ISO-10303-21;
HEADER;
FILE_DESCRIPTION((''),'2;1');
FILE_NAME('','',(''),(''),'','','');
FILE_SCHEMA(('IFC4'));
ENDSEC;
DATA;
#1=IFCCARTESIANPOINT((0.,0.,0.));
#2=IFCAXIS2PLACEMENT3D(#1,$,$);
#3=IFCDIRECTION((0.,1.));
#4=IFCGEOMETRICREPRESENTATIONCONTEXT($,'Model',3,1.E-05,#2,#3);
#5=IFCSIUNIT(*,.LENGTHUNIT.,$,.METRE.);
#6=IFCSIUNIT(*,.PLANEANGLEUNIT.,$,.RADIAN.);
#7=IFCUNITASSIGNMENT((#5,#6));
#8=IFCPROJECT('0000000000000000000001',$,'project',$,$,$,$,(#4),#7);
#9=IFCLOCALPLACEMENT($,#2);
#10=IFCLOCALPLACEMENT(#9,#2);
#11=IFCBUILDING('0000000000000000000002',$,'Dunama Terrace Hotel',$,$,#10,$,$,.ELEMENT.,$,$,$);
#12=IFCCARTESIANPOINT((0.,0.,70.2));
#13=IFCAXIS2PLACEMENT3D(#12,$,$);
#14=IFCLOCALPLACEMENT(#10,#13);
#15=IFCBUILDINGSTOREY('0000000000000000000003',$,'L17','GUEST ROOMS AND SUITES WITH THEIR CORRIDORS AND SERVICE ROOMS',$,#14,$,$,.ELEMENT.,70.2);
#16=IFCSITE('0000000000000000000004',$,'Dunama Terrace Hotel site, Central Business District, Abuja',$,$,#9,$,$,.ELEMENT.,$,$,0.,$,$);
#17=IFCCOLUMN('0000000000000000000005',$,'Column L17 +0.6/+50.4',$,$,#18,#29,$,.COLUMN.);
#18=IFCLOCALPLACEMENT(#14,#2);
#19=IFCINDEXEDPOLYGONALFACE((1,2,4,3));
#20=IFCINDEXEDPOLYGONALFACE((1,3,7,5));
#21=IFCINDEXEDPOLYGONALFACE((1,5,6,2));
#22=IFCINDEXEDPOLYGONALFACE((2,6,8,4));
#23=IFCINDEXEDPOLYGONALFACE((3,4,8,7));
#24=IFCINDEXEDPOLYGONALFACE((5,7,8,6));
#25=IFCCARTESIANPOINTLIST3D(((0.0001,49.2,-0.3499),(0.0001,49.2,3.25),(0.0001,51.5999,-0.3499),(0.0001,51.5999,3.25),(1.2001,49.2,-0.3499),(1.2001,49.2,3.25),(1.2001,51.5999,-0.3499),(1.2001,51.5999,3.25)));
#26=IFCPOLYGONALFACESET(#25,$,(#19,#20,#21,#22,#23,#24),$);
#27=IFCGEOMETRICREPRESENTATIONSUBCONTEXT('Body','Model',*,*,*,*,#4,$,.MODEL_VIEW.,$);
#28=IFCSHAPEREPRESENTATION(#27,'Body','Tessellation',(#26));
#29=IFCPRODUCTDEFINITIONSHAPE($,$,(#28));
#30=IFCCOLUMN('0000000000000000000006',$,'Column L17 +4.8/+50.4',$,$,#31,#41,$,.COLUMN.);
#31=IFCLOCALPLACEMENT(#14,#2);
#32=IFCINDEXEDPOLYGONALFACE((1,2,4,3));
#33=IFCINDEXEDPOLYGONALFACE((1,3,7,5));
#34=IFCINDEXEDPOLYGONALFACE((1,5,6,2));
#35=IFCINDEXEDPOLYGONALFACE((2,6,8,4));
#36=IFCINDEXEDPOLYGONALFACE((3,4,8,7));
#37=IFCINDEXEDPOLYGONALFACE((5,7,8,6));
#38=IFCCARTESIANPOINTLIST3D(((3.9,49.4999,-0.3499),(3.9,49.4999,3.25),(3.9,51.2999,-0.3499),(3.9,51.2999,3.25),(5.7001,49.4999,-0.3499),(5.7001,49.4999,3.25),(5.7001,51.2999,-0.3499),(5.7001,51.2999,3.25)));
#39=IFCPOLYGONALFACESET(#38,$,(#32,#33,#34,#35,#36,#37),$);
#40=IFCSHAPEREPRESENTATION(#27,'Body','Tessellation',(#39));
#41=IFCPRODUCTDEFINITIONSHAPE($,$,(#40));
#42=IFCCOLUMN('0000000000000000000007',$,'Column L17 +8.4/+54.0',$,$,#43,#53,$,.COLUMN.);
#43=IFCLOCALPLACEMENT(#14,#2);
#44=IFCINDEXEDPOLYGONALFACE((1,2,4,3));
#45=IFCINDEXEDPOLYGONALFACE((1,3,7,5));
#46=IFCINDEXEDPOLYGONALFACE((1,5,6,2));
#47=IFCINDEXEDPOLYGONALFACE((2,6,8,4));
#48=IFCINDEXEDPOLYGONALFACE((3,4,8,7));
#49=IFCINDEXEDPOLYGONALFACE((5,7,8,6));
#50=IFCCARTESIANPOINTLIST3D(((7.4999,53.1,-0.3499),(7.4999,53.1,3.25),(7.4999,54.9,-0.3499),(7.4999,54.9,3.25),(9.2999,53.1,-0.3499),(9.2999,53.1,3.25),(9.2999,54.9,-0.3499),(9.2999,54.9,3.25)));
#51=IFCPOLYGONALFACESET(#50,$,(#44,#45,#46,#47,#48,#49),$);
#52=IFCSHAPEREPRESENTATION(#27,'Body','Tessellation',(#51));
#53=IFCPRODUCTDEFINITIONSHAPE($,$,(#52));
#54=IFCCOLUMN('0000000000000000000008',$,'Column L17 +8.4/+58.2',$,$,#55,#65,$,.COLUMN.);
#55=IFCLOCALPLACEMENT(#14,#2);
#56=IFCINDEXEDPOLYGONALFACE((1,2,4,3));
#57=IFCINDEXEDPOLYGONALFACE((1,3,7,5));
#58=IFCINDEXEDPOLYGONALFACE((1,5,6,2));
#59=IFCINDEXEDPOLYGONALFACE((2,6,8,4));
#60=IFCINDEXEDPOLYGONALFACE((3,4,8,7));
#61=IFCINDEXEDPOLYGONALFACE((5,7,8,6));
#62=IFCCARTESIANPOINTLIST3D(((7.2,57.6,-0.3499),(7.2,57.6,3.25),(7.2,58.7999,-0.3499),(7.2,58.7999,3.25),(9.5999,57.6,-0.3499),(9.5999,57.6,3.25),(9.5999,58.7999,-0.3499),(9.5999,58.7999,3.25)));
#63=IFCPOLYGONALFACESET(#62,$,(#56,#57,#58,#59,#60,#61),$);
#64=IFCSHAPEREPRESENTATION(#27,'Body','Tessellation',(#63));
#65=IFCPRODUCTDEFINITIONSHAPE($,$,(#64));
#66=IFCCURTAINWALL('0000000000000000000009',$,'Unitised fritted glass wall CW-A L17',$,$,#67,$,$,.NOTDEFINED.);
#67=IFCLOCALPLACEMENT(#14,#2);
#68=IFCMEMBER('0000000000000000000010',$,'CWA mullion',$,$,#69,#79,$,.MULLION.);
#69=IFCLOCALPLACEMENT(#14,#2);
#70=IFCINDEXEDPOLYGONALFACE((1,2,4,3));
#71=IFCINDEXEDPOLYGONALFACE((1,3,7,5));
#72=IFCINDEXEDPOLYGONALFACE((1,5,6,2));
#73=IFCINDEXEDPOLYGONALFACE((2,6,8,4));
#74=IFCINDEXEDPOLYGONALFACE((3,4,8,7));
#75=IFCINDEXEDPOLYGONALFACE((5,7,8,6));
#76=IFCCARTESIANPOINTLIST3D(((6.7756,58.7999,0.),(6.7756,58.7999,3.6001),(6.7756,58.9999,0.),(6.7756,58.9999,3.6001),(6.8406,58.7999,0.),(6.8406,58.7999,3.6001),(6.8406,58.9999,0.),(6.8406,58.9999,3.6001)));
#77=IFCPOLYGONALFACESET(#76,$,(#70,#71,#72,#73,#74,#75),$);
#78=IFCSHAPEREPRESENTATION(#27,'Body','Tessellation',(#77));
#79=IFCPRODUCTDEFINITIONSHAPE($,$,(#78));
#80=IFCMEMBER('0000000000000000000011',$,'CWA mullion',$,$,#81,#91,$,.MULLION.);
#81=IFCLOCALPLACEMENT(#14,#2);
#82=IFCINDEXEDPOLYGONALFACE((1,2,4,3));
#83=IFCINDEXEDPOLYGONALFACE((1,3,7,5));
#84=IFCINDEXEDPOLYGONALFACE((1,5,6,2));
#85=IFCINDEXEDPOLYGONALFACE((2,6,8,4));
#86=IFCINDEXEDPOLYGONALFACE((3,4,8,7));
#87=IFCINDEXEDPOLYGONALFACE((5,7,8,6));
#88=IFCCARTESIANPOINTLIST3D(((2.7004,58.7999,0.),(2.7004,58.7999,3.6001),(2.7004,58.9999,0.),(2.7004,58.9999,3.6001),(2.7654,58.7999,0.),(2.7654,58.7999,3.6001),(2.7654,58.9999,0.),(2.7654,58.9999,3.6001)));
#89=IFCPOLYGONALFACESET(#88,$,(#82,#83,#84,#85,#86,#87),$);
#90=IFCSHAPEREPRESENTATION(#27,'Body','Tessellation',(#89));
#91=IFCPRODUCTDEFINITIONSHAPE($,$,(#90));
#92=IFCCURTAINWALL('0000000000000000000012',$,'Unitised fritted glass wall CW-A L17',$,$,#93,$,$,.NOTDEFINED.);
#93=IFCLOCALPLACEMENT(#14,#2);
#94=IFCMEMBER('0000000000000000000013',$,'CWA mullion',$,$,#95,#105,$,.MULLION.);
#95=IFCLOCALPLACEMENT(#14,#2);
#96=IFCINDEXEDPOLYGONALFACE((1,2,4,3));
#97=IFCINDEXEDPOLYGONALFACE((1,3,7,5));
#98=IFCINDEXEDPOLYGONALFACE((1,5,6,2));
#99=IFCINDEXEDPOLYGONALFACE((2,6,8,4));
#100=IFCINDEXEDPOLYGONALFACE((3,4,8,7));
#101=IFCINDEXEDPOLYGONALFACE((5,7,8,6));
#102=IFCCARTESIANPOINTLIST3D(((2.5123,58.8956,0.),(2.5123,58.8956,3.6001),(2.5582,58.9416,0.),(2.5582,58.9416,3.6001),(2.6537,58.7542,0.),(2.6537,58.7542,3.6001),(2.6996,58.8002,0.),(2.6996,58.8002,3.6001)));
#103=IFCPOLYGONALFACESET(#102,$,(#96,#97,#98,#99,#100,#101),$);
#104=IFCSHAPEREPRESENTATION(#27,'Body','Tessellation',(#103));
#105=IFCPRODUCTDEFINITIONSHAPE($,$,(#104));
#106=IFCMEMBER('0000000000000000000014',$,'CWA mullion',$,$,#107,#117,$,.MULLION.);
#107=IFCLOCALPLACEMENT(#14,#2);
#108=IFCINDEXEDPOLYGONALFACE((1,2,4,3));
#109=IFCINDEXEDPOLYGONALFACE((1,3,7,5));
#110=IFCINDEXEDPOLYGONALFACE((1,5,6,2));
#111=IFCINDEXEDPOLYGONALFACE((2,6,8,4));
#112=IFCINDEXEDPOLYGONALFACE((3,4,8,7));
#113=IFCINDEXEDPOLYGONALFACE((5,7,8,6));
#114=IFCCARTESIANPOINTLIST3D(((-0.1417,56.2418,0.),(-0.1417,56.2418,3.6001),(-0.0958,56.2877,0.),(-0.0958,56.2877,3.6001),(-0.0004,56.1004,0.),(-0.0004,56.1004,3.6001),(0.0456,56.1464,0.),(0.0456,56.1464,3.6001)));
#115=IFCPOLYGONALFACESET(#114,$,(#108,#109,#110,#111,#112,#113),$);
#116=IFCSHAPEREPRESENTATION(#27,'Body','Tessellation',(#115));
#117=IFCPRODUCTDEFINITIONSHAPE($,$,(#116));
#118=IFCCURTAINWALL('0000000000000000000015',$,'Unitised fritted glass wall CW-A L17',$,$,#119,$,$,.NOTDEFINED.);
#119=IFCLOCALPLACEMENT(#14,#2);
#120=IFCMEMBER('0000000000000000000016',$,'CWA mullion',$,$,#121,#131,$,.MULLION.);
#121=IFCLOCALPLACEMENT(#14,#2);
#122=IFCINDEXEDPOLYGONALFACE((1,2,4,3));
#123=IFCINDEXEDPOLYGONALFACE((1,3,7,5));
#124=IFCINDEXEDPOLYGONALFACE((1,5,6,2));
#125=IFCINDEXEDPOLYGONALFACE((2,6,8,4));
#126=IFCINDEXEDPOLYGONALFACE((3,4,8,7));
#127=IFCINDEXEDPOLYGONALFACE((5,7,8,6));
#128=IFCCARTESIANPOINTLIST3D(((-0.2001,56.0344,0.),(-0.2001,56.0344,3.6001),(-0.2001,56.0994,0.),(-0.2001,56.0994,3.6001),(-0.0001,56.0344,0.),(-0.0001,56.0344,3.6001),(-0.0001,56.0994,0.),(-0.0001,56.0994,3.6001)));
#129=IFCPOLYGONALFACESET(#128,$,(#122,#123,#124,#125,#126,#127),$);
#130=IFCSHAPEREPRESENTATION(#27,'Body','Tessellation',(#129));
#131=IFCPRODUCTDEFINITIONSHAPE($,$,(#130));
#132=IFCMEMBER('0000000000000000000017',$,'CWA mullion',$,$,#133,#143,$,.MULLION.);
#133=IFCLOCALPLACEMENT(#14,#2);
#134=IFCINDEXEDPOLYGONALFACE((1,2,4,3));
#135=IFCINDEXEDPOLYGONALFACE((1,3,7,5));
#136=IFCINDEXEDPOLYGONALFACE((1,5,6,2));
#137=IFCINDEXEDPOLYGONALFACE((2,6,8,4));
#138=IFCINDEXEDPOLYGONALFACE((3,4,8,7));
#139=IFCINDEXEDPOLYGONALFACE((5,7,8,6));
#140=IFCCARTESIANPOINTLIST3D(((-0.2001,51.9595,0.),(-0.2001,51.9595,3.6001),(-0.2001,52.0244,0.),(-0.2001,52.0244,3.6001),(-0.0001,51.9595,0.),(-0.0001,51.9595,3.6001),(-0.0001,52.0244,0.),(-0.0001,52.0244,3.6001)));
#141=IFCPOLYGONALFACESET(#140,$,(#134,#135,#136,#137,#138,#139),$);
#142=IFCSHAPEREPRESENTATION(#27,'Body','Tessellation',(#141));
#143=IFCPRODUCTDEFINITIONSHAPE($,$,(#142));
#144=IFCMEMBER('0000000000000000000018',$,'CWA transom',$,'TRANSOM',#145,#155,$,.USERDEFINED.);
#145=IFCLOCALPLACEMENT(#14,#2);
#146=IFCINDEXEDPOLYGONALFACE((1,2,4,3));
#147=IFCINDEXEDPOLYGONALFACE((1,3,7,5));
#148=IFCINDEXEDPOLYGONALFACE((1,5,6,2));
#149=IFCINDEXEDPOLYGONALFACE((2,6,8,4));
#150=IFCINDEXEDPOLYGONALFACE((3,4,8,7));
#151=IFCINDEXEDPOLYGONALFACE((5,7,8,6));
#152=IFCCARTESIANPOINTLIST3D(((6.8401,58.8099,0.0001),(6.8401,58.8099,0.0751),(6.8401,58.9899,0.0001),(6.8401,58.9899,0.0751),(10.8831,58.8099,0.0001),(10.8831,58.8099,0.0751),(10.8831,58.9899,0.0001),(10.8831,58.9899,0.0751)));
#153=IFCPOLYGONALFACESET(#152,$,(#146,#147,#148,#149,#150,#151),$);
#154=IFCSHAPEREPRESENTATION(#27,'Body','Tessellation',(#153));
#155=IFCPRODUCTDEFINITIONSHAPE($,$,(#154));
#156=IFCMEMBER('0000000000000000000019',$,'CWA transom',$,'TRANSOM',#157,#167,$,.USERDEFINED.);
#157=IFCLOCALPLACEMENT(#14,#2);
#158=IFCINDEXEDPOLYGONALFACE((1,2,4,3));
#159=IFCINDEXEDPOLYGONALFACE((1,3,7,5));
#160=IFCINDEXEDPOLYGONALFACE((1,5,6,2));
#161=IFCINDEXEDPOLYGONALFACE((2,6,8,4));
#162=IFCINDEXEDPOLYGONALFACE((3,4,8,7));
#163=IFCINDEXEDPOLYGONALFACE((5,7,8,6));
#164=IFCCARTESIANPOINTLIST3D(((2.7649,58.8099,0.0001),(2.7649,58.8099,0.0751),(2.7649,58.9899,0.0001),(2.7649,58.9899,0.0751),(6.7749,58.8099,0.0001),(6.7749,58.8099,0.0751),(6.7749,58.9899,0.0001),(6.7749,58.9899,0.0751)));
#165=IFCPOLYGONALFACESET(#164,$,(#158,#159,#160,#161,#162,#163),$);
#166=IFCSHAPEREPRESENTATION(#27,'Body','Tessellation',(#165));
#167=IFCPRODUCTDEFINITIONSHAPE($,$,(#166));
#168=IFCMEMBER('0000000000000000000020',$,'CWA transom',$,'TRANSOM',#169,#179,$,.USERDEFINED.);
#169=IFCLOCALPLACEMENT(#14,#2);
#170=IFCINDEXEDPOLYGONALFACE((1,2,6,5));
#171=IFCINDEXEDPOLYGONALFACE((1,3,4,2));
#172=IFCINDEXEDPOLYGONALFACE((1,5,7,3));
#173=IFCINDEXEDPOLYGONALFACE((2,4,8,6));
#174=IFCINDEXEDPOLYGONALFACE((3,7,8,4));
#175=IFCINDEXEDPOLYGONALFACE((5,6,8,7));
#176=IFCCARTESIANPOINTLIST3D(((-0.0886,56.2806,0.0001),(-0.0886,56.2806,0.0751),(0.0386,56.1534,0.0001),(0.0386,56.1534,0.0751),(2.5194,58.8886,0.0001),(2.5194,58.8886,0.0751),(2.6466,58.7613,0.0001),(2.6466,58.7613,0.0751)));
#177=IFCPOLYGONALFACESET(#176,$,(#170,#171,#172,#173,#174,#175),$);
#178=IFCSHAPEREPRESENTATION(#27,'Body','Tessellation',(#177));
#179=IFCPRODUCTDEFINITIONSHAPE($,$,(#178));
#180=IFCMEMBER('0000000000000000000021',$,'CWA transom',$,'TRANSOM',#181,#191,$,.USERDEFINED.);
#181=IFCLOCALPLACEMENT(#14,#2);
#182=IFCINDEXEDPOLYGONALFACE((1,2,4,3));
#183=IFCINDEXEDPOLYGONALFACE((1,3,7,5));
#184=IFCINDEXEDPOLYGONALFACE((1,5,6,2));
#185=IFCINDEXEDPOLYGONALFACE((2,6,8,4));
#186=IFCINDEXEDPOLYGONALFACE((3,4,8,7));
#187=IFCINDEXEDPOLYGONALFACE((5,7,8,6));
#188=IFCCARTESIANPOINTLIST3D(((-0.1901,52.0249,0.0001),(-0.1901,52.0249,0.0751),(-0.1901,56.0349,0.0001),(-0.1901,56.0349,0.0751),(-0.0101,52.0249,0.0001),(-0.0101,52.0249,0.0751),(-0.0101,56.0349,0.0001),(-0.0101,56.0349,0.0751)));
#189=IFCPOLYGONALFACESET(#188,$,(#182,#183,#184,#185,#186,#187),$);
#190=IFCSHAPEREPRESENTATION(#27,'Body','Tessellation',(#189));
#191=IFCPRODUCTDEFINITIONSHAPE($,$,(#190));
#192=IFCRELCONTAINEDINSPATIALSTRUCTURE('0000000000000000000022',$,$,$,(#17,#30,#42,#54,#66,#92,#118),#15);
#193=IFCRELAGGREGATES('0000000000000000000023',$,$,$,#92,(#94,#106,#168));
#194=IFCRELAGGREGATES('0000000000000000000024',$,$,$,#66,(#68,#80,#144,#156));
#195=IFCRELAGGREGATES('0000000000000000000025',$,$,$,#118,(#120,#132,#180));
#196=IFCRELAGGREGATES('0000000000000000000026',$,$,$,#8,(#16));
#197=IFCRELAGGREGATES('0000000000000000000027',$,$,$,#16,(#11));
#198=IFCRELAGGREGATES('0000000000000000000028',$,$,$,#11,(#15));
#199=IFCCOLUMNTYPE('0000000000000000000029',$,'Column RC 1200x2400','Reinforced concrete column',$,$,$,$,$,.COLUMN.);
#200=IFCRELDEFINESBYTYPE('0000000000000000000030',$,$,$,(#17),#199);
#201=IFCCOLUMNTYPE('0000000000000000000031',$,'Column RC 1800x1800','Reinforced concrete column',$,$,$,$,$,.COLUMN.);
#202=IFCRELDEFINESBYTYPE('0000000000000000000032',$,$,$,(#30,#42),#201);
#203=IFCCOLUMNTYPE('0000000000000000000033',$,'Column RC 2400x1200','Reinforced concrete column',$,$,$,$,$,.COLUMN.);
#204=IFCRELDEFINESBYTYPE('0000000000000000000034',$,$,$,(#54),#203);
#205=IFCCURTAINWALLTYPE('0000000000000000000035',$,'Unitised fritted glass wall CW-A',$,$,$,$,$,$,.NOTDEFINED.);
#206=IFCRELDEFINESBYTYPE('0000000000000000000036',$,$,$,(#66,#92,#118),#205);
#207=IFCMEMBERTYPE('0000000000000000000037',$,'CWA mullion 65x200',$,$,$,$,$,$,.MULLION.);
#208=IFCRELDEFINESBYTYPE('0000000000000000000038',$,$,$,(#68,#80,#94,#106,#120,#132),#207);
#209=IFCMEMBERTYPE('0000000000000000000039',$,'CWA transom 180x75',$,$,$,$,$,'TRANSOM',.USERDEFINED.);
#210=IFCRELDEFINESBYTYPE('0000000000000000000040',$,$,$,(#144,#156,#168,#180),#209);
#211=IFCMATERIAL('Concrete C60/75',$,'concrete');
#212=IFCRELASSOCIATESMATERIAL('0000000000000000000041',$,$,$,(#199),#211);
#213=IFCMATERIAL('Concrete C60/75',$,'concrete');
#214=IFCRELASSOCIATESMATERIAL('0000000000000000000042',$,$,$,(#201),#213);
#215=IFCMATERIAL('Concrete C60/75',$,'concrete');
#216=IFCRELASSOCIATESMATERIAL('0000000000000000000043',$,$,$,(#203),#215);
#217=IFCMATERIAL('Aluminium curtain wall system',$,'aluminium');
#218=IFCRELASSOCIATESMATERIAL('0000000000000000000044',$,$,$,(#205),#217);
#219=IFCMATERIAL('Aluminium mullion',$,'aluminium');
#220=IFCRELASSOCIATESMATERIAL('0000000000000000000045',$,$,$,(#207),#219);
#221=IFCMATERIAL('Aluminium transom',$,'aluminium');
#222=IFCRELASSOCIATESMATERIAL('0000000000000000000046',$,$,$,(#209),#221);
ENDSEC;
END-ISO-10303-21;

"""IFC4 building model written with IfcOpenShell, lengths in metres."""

from ifc_helpers import new_model, si_unit, direction, frame, origin, origin_2d, place, context, subcontext, project, spatial, rectangle, extrude, material, material_profile, profile_set, type_object, element, aggregate, save


model = new_model("IFC4")

# Units and contexts
model_context = context("Model", 3, precision=1e-05, world=origin(), true_north=direction((0.0, 1.0)))
body_context = subcontext(model_context, "Body", "Model", "MODEL_VIEW")
ifc_project = project(units=[si_unit("LENGTHUNIT", "METRE"), si_unit("PLANEANGLEUNIT", "RADIAN")], contexts=[model_context])

# Site, building, storey
site_placement = place(None, origin())
site = spatial("IfcSite", under=ifc_project, at=site_placement, Name="Dunama Terrace Hotel site, Central Business District, Abuja", CompositionType="ELEMENT", RefElevation=0.0)
building_placement = place(site_placement, origin())
building = spatial("IfcBuilding", under=site, at=building_placement, Name="Dunama Terrace Hotel", CompositionType="ELEMENT")
storey_placement = place(building_placement, frame((0.0, 0.0, 70.2)))
storey = spatial("IfcBuildingStorey", under=building, at=storey_placement, Name="L17", Description="GUEST ROOMS AND SUITES WITH THEIR CORRIDORS AND SERVICE ROOMS", CompositionType="ELEMENT", Elevation=70.2)

# Columns
ifc_material_1 = material(Name="Concrete C60/75", Category="concrete")
ifc_material_profile_1 = material_profile(ifc_material_1, rectangle(XDim=1.2, YDim=2.3999, at=origin_2d()), Name="RC 1200x2400")
ifc_profile_set_1 = profile_set([ifc_material_profile_1], Name="Concrete C60/75")
column_type_1 = type_object("IfcColumnType", Name="Column RC 1200x2400", Description="Reinforced concrete column", PredefinedType="COLUMN", material=ifc_profile_set_1)
column_1_placement = place(storey_placement, frame((0.6001, 50.3999, -0.3499), z_axis=(0.0, 0.0, 1.0), x_axis=(1.0, 0.0, 0.0)))
element("IfcColumn", 1, at=column_1_placement, inside=storey, type_object=column_type_1, Name="Column L17 +0.6/+50.4", PredefinedType="COLUMN", context=body_context, shape_type="SweptSolid", body=[
    extrude(rectangle(XDim=1.2, YDim=2.3999, at=origin_2d()), origin(), (0.0, 0.0, 1.0), 3.5999),
])
ifc_material_2 = material(Name="Concrete C60/75", Category="concrete")
ifc_material_profile_2 = material_profile(ifc_material_2, rectangle(XDim=1.8, YDim=1.8, at=origin_2d()), Name="RC 1800x1800")
ifc_profile_set_2 = profile_set([ifc_material_profile_2], Name="Concrete C60/75")
column_type_2 = type_object("IfcColumnType", Name="Column RC 1800x1800", Description="Reinforced concrete column", PredefinedType="COLUMN", material=ifc_profile_set_2)
for number, where, z_axis, x_axis, name in (
    (2, (4.8, 50.3999, -0.3499), (0.0, 0.0, 1.0), (1.0, 0.0, 0.0), "Column L17 +4.8/+50.4"),
    (3, (8.3999, 54.0, -0.3499), (0.0, 0.0, 1.0), (1.0, 0.0, 0.0), "Column L17 +8.4/+54.0"),
):
    element("IfcColumn", number, at=place(storey_placement, frame(where, z_axis=z_axis, x_axis=x_axis)), inside=storey, type_object=column_type_2, Name=name, PredefinedType="COLUMN", context=body_context, shape_type="SweptSolid", body=[
        extrude(rectangle(XDim=1.8, YDim=1.8, at=origin_2d()), origin(), (0.0, 0.0, 1.0), 3.5999),
    ])
ifc_material_3 = material(Name="Concrete C60/75", Category="concrete")
ifc_material_profile_3 = material_profile(ifc_material_3, rectangle(XDim=2.3999, YDim=1.2, at=origin_2d()), Name="RC 2400x1200")
ifc_profile_set_3 = profile_set([ifc_material_profile_3], Name="Concrete C60/75")
column_type_3 = type_object("IfcColumnType", Name="Column RC 2400x1200", Description="Reinforced concrete column", PredefinedType="COLUMN", material=ifc_profile_set_3)
column_2_placement = place(storey_placement, frame((8.3999, 58.2, -0.3499), z_axis=(0.0, 0.0, 1.0), x_axis=(1.0, 0.0, 0.0)))
element("IfcColumn", 4, at=column_2_placement, inside=storey, type_object=column_type_3, Name="Column L17 +8.4/+58.2", PredefinedType="COLUMN", context=body_context, shape_type="SweptSolid", body=[
    extrude(rectangle(XDim=2.3999, YDim=1.2, at=origin_2d()), origin(), (0.0, 0.0, 1.0), 3.5999),
])

# Curtain walls, members
ifc_material_4 = material(Name="Aluminium curtain wall system", Category="aluminium")
curtain_wall_type = type_object("IfcCurtainWallType", Name="Unitised fritted glass wall CW-A", PredefinedType="NOTDEFINED", material=ifc_material_4)
curtain_wall_1_placement = place(storey_placement, origin())
curtain_wall_1 = element("IfcCurtainWall", 5, at=curtain_wall_1_placement, inside=storey, type_object=curtain_wall_type, Name="Unitised fritted glass wall CW-A L17", PredefinedType="NOTDEFINED")
ifc_material_5 = material(Name="Aluminium mullion", Category="aluminium")
ifc_material_profile_4 = material_profile(ifc_material_5, rectangle(XDim=0.0649, YDim=0.2, at=origin_2d()), Name="CWA MULLION 65X200")
ifc_profile_set_4 = profile_set([ifc_material_profile_4], Name="Aluminium mullion")
member_type_1 = type_object("IfcMemberType", Name="CWA mullion 65x200", PredefinedType="MULLION", material=ifc_profile_set_4)
member_1_placement = place(storey_placement, frame((6.8081, 58.8999, 0.0), z_axis=(0.0, 0.0, 1.0), x_axis=(-1.0, 0.0, 0.0)))
member_1 = element("IfcMember", 6, at=member_1_placement, type_object=member_type_1, Name="CWA mullion", PredefinedType="MULLION", context=body_context, shape_type="SweptSolid", body=[
    extrude(rectangle(XDim=0.0649, YDim=0.2, at=origin_2d()), origin(), (0.0, 0.0, 1.0), 3.6001),
])
member_2_placement = place(storey_placement, frame((2.7329, 58.8999, 0.0), z_axis=(0.0, 0.0, 1.0), x_axis=(-1.0, 0.0, 0.0)))
member_2 = element("IfcMember", 7, at=member_2_placement, type_object=member_type_1, Name="CWA mullion", PredefinedType="MULLION", context=body_context, shape_type="SweptSolid", body=[
    extrude(rectangle(XDim=0.0649, YDim=0.2, at=origin_2d()), origin(), (0.0, 0.0, 1.0), 3.6001),
])
curtain_wall_2_placement = place(storey_placement, origin())
curtain_wall_2 = element("IfcCurtainWall", 8, at=curtain_wall_2_placement, inside=storey, type_object=curtain_wall_type, Name="Unitised fritted glass wall CW-A L17", PredefinedType="NOTDEFINED")
member_3_placement = place(storey_placement, frame((2.606, 58.8479, 0.0), z_axis=(0.0, 0.0, 1.0), x_axis=(-0.707107, -0.707107, 0.0)))
member_3 = element("IfcMember", 9, at=member_3_placement, type_object=member_type_1, Name="CWA mullion", PredefinedType="MULLION", context=body_context, shape_type="SweptSolid", body=[
    extrude(rectangle(XDim=0.0649, YDim=0.2, at=origin_2d()), origin(), (0.0, 0.0, 1.0), 3.6001),
])
member_4_placement = place(storey_placement, frame((-0.0481, 56.1941, 0.0), z_axis=(0.0, 0.0, 1.0), x_axis=(-0.707107, -0.707107, 0.0)))
member_4 = element("IfcMember", 10, at=member_4_placement, type_object=member_type_1, Name="CWA mullion", PredefinedType="MULLION", context=body_context, shape_type="SweptSolid", body=[
    extrude(rectangle(XDim=0.0649, YDim=0.2, at=origin_2d()), origin(), (0.0, 0.0, 1.0), 3.6001),
])
curtain_wall_3_placement = place(storey_placement, origin())
curtain_wall_3 = element("IfcCurtainWall", 11, at=curtain_wall_3_placement, inside=storey, type_object=curtain_wall_type, Name="Unitised fritted glass wall CW-A L17", PredefinedType="NOTDEFINED")
member_5_placement = place(storey_placement, frame((-0.1001, 56.0669, 0.0), z_axis=(0.0, 0.0, 1.0), x_axis=(0.0, -1.0, 0.0)))
member_5 = element("IfcMember", 12, at=member_5_placement, type_object=member_type_1, Name="CWA mullion", PredefinedType="MULLION", context=body_context, shape_type="SweptSolid", body=[
    extrude(rectangle(XDim=0.0649, YDim=0.2, at=origin_2d()), origin(), (0.0, 0.0, 1.0), 3.6001),
])
member_6_placement = place(storey_placement, frame((-0.1001, 51.9919, 0.0), z_axis=(0.0, 0.0, 1.0), x_axis=(0.0, -1.0, 0.0)))
member_6 = element("IfcMember", 13, at=member_6_placement, type_object=member_type_1, Name="CWA mullion", PredefinedType="MULLION", context=body_context, shape_type="SweptSolid", body=[
    extrude(rectangle(XDim=0.0649, YDim=0.2, at=origin_2d()), origin(), (0.0, 0.0, 1.0), 3.6001),
])

# Members
ifc_material_6 = material(Name="Aluminium transom", Category="aluminium")
ifc_material_profile_5 = material_profile(ifc_material_6, rectangle(XDim=0.1799, YDim=0.075, at=origin_2d()), Name="CWA TRANSOM 180X75")
ifc_profile_set_5 = profile_set([ifc_material_profile_5], Name="Aluminium transom")
member_type_2 = type_object("IfcMemberType", Name="CWA transom 180x75", ElementType="TRANSOM", PredefinedType="USERDEFINED", material=ifc_profile_set_5)
member_7_placement = place(storey_placement, frame((10.8831, 58.8999, 0.0376), z_axis=(-1.0, 0.0, 0.0), x_axis=(0.0, -1.0, 0.0)))
member_7 = element("IfcMember", 14, at=member_7_placement, type_object=member_type_2, Name="CWA transom", ObjectType="TRANSOM", PredefinedType="USERDEFINED", context=body_context, shape_type="SweptSolid", body=[
    extrude(rectangle(XDim=0.1799, YDim=0.075, at=origin_2d()), origin(), (0.0, 0.0, 1.0), 4.043),
])
member_8_placement = place(storey_placement, frame((6.7749, 58.8999, 0.0376), z_axis=(-1.0, 0.0, 0.0), x_axis=(0.0, -1.0, 0.0)))
member_8 = element("IfcMember", 15, at=member_8_placement, type_object=member_type_2, Name="CWA transom", ObjectType="TRANSOM", PredefinedType="USERDEFINED", context=body_context, shape_type="SweptSolid", body=[
    extrude(rectangle(XDim=0.1799, YDim=0.075, at=origin_2d()), origin(), (0.0, 0.0, 1.0), 4.01),
])
member_9_placement = place(storey_placement, frame((2.583, 58.825, 0.0376), z_axis=(-0.707107, -0.707107, 0.0), x_axis=(0.707107, -0.707107, 0.0)))
member_9 = element("IfcMember", 16, at=member_9_placement, type_object=member_type_2, Name="CWA transom", ObjectType="TRANSOM", PredefinedType="USERDEFINED", context=body_context, shape_type="SweptSolid", body=[
    extrude(rectangle(XDim=0.1799, YDim=0.075, at=origin_2d()), origin(), (0.0, 0.0, 1.0), 3.6882),
])
member_10_placement = place(storey_placement, frame((-0.1001, 56.0349, 0.0376), z_axis=(0.0, -1.0, 0.0), x_axis=(1.0, 0.0, 0.0)))
member_10 = element("IfcMember", 17, at=member_10_placement, type_object=member_type_2, Name="CWA transom", ObjectType="TRANSOM", PredefinedType="USERDEFINED", context=body_context, shape_type="SweptSolid", body=[
    extrude(rectangle(XDim=0.1799, YDim=0.075, at=origin_2d()), origin(), (0.0, 0.0, 1.0), 4.01),
])

aggregate(curtain_wall_2, [member_3, member_4, member_9])
aggregate(curtain_wall_1, [member_1, member_2, member_7, member_8])
aggregate(curtain_wall_3, [member_5, member_6, member_10])

save(model, "model.ifc")
